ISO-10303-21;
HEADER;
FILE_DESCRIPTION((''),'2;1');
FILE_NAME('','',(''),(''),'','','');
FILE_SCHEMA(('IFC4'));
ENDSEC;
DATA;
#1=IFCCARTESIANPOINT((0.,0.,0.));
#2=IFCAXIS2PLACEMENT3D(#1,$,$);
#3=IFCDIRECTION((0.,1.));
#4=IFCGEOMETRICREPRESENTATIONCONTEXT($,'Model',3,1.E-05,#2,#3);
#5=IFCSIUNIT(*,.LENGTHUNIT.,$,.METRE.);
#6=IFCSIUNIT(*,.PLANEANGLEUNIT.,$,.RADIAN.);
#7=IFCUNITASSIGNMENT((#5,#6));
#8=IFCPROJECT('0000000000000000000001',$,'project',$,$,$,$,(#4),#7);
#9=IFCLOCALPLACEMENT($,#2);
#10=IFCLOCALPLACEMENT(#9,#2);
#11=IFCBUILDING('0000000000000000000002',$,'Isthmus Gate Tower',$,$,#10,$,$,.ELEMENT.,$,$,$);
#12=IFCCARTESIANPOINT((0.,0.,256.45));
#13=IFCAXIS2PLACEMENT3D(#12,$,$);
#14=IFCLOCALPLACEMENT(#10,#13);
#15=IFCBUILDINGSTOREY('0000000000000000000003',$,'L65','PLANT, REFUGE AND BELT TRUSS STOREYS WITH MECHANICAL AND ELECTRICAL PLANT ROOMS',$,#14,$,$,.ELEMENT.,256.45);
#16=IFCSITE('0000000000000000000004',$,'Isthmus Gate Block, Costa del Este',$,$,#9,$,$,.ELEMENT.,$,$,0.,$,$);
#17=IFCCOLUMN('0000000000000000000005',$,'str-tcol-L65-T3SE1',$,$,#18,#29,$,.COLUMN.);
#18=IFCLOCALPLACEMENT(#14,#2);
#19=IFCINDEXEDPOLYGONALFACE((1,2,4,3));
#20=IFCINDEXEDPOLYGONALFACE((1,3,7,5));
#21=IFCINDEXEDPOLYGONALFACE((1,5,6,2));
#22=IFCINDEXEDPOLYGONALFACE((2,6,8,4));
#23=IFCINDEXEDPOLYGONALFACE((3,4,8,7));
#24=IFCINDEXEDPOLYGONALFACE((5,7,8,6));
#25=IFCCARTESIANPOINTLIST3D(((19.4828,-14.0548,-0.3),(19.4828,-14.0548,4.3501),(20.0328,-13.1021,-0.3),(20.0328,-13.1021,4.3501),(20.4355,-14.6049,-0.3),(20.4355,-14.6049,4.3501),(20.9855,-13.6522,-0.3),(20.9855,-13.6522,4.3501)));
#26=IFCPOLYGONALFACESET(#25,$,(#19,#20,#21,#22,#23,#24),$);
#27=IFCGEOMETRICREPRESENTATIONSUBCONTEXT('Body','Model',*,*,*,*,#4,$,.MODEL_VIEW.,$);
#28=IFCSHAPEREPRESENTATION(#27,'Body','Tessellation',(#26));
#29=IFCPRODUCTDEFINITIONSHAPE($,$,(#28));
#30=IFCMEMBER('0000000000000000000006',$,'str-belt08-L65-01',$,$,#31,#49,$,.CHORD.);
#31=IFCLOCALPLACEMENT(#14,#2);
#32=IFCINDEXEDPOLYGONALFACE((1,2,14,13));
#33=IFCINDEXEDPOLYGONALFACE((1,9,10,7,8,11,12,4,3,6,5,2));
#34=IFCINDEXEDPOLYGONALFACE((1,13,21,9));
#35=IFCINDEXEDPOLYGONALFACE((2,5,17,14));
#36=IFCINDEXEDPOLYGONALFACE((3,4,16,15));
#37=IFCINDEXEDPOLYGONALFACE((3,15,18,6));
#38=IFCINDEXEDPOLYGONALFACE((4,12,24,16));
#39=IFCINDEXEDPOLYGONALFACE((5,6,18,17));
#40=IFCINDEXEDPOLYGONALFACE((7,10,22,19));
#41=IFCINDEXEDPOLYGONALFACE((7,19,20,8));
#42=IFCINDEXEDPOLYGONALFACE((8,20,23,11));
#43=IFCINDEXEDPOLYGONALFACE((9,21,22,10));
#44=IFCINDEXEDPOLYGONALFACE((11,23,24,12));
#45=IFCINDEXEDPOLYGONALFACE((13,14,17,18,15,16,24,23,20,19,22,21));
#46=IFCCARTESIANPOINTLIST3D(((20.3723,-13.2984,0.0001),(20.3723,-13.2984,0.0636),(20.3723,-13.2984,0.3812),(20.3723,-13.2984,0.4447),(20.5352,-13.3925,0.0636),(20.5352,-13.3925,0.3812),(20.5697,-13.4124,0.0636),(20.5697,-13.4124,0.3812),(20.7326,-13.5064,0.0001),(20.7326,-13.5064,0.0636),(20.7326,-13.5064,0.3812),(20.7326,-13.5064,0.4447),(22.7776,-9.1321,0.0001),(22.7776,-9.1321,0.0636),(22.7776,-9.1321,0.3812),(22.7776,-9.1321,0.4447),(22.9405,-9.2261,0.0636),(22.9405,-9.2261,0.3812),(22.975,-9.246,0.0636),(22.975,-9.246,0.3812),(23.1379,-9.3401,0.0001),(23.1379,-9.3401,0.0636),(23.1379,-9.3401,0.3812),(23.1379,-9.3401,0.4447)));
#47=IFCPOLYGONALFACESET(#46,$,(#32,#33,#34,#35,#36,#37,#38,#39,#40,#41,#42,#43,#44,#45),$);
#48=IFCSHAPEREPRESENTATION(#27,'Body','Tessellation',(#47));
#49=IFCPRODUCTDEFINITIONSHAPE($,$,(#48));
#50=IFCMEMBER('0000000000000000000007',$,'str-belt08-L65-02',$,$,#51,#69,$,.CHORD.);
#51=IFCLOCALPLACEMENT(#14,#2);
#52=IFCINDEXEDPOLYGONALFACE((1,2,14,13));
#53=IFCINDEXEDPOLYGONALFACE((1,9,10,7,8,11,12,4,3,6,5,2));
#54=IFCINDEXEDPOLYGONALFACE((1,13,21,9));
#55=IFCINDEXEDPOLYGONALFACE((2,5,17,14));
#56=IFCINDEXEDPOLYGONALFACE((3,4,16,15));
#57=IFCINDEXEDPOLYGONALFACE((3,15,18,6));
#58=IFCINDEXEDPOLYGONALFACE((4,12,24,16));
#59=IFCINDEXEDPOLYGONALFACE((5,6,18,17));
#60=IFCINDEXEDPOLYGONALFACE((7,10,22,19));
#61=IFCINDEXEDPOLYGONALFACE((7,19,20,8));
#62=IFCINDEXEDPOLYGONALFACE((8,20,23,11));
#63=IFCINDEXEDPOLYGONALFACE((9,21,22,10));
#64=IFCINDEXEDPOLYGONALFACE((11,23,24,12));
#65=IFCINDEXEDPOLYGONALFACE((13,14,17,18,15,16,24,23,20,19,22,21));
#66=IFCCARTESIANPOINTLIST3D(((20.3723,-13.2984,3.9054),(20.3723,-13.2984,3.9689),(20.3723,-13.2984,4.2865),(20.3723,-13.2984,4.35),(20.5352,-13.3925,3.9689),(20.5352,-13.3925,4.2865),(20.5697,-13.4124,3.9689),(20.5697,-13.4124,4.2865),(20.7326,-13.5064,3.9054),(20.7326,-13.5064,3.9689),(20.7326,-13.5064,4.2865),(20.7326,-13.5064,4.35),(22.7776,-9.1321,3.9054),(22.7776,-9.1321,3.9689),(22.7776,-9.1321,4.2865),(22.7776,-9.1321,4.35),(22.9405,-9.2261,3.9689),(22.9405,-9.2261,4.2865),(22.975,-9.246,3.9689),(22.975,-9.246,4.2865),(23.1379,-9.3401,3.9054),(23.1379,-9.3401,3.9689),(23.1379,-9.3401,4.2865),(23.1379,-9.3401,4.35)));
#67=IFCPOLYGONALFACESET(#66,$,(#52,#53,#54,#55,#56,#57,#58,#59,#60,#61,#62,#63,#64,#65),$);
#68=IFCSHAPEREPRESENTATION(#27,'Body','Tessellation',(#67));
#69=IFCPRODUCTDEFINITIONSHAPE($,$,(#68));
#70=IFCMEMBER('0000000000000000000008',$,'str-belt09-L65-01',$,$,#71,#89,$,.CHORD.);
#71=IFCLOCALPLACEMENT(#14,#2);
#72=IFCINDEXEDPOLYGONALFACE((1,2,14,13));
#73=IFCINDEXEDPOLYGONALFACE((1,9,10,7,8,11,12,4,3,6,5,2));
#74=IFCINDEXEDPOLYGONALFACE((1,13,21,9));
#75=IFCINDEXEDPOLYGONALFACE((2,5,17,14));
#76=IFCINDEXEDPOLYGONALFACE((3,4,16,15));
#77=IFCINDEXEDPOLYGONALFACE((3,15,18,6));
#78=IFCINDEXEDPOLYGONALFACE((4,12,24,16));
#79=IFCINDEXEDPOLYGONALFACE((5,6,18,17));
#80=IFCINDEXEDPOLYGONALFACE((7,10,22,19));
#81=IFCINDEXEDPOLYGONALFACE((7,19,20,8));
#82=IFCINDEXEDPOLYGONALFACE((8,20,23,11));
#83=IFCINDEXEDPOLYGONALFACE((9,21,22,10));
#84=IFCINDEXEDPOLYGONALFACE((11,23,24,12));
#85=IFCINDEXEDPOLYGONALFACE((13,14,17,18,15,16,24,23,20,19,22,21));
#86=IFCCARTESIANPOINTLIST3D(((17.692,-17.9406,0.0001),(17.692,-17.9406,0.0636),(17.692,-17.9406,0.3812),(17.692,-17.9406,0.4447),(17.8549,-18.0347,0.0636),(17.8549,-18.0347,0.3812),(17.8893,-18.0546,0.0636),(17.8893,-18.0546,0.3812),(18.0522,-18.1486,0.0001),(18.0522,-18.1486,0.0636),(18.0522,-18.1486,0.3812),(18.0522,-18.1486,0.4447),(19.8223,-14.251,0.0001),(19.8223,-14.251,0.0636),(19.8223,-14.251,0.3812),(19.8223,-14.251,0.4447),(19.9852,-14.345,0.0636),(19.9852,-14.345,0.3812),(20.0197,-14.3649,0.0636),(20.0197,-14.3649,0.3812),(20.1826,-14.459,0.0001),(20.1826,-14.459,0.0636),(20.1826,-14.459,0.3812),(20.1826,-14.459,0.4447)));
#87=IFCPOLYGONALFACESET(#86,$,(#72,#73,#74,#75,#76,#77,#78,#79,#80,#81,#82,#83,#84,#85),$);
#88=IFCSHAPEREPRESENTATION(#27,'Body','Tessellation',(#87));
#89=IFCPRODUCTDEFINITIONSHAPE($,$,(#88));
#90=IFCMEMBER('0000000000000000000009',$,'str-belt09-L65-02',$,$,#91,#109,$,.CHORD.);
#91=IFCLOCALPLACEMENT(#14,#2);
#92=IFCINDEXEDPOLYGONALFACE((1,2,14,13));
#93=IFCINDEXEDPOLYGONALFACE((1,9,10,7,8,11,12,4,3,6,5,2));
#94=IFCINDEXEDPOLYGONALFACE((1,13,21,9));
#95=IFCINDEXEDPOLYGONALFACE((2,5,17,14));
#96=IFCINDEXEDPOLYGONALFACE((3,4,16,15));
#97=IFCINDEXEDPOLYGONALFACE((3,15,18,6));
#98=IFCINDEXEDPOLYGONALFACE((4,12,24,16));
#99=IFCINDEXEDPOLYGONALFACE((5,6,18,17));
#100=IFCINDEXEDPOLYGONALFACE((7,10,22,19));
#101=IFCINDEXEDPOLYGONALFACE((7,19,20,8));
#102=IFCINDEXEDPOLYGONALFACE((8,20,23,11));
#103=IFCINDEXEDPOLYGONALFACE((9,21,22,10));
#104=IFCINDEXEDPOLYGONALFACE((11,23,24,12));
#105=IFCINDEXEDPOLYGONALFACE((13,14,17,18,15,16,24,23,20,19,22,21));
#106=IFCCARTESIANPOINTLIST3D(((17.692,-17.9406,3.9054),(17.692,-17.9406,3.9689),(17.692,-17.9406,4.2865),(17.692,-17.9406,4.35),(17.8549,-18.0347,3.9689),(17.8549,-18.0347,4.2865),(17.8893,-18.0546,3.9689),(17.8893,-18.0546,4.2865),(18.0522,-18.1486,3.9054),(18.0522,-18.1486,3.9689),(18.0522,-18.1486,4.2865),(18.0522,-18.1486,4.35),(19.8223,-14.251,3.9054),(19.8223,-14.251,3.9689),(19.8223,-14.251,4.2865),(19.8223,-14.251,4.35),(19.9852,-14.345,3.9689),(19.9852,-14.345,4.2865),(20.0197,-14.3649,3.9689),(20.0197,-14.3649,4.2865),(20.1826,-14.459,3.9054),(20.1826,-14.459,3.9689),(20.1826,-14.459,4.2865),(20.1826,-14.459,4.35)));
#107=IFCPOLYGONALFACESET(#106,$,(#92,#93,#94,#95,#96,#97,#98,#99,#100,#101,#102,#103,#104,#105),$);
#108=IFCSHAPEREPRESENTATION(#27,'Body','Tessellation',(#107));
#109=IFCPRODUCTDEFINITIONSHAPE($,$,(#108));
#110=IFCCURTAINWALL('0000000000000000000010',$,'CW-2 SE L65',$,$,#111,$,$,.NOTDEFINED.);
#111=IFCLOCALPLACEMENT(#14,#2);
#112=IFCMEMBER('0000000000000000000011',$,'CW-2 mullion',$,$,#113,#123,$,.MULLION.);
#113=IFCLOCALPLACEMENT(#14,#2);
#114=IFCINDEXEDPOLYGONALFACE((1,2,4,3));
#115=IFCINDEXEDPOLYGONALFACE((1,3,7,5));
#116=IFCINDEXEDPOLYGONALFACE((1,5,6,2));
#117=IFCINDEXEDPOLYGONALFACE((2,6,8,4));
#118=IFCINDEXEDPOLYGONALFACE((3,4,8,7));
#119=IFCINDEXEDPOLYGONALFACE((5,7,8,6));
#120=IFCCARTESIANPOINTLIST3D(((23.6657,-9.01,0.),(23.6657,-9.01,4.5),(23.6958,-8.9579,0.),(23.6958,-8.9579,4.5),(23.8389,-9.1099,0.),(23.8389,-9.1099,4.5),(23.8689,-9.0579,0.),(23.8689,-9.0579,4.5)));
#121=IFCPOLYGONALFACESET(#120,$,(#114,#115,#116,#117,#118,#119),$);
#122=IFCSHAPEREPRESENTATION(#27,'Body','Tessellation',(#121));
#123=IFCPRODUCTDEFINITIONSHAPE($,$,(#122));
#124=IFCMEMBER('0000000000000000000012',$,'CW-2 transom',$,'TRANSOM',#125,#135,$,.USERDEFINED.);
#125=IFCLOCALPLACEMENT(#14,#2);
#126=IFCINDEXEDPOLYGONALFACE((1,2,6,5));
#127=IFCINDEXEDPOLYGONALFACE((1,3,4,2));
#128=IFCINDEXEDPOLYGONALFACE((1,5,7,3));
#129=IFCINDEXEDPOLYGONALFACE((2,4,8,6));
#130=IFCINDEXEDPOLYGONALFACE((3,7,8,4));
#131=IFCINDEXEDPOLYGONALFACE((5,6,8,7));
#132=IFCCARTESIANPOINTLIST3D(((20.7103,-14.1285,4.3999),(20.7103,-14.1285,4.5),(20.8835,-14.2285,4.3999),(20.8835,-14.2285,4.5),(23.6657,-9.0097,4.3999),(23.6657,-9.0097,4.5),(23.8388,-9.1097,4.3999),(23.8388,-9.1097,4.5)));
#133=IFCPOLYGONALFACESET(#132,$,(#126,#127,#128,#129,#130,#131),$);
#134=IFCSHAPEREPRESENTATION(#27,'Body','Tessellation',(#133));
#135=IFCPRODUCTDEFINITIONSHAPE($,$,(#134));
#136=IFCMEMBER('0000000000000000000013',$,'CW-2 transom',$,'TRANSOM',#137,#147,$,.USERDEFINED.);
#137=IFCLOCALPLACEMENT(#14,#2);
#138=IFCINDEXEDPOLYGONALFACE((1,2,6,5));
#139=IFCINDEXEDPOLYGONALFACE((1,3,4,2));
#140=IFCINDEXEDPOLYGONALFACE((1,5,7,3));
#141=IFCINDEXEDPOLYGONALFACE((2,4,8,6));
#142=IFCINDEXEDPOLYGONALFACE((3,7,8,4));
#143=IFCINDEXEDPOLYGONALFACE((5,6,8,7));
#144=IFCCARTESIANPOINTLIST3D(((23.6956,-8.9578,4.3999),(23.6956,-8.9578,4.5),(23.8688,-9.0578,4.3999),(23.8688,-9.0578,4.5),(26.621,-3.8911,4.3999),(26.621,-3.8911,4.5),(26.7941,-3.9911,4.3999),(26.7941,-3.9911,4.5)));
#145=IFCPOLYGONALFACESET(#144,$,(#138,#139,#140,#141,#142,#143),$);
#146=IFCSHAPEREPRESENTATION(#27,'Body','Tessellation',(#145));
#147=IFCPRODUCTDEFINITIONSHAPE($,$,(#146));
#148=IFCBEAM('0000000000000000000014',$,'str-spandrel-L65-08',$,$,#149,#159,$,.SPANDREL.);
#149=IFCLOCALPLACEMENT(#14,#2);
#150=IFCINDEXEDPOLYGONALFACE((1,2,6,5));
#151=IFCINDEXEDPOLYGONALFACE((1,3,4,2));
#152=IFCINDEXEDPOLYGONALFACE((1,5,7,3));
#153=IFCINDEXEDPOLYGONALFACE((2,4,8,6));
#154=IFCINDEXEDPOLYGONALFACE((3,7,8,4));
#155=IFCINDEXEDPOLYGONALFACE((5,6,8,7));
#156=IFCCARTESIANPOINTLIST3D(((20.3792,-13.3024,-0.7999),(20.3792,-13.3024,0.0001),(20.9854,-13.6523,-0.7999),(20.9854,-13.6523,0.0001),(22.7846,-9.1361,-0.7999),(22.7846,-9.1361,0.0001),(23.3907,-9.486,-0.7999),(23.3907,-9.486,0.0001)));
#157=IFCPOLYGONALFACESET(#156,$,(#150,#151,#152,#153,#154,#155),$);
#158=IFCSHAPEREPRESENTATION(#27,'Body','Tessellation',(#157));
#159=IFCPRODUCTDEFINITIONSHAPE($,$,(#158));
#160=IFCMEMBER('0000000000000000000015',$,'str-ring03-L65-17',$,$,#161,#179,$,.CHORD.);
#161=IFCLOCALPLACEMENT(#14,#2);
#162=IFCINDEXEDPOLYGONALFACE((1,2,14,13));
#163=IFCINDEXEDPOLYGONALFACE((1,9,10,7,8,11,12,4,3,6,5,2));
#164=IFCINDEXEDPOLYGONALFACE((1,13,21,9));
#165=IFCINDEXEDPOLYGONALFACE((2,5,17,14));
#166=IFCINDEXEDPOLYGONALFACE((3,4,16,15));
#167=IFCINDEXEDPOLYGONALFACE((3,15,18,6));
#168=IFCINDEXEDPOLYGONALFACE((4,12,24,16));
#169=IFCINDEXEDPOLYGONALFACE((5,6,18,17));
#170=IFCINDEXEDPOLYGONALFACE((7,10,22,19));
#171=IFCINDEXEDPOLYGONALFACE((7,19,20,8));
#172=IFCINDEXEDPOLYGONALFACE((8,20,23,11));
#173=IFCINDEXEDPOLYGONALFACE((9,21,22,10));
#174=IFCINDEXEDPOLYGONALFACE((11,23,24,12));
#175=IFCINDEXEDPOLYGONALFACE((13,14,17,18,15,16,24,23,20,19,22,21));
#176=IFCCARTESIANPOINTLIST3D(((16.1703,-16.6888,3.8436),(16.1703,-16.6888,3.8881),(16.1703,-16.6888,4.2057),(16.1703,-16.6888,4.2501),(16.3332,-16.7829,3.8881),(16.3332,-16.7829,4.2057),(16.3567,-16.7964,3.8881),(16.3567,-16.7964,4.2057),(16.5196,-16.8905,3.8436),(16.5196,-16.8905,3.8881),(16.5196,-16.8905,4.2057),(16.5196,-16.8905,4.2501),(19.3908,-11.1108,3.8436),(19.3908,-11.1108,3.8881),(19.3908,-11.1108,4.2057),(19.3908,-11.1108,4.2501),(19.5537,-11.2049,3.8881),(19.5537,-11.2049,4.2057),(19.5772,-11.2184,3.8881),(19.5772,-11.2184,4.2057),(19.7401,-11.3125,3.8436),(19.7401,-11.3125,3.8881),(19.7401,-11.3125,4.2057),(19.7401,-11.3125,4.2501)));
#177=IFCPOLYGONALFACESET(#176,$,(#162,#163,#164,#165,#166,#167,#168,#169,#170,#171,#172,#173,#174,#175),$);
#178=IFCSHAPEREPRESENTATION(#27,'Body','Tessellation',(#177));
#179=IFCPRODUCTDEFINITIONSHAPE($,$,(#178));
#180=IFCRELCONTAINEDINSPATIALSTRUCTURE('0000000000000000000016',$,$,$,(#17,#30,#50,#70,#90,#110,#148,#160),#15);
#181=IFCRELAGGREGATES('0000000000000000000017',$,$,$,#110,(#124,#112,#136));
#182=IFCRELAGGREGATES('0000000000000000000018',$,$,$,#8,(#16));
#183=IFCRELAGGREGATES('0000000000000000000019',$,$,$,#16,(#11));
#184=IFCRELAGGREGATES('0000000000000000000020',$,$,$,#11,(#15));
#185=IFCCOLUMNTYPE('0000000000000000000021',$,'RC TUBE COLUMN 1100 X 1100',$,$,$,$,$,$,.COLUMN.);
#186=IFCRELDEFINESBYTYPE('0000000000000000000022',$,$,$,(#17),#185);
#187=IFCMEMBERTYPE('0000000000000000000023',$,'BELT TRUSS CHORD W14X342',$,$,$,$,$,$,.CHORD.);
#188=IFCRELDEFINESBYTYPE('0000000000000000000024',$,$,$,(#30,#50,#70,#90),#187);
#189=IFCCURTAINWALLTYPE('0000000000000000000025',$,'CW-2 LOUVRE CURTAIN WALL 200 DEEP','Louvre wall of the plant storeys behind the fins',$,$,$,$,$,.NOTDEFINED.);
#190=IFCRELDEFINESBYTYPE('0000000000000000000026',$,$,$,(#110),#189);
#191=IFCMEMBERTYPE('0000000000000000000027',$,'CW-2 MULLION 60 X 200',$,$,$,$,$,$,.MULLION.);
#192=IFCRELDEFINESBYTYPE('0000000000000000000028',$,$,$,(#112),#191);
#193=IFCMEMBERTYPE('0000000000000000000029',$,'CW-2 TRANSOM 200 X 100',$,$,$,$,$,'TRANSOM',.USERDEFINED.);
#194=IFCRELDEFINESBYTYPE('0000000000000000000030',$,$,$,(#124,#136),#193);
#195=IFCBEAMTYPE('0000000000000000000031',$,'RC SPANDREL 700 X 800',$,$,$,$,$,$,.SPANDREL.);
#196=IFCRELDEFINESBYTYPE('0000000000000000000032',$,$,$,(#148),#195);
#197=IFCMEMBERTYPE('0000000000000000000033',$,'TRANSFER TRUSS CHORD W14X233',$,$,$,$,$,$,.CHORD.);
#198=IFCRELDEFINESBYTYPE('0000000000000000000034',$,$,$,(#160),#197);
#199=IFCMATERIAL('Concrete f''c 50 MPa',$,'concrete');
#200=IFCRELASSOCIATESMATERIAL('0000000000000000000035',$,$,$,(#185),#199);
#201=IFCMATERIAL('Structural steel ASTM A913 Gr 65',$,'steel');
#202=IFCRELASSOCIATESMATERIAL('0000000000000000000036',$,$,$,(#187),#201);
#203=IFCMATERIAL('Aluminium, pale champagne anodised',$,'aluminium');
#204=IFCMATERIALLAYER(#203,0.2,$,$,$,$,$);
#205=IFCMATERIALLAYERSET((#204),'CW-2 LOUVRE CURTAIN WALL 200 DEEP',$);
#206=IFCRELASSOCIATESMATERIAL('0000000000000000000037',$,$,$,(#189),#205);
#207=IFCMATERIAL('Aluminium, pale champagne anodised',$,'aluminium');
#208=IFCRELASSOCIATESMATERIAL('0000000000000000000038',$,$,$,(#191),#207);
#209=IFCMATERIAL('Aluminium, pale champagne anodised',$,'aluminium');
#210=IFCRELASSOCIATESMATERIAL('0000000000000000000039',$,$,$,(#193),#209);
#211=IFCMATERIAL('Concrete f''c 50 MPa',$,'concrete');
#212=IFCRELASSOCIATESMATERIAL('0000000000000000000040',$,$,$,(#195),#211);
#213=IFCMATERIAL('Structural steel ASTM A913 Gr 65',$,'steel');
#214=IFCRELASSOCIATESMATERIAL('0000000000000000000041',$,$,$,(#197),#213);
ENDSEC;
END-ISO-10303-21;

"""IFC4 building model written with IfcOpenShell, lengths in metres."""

from ifc_helpers import new_model, si_unit, direction, frame, origin, origin_2d, place, context, subcontext, project, spatial, rectangle, i_section, extrude, material, layer, layer_set, material_profile, profile_set, type_object, element, aggregate, save


model = new_model("IFC4")

# Units and contexts
model_context = context("Model", 3, precision=1e-05, world=origin(), true_north=direction((0.0, 1.0)))
body_context = subcontext(model_context, "Body", "Model", "MODEL_VIEW")
ifc_project = project(units=[si_unit("LENGTHUNIT", "METRE"), si_unit("PLANEANGLEUNIT", "RADIAN")], contexts=[model_context])

# Site, building, storey
site_placement = place(None, origin())
site = spatial("IfcSite", under=ifc_project, at=site_placement, Name="Isthmus Gate Block, Costa del Este", CompositionType="ELEMENT", RefElevation=0.0)
building_placement = place(site_placement, origin())
building = spatial("IfcBuilding", under=site, at=building_placement, Name="Isthmus Gate Tower", CompositionType="ELEMENT")
storey_placement = place(building_placement, frame((0.0, 0.0, 256.45)))
storey = spatial("IfcBuildingStorey", under=building, at=storey_placement, Name="L65", Description="PLANT, REFUGE AND BELT TRUSS STOREYS WITH MECHANICAL AND ELECTRICAL PLANT ROOMS", CompositionType="ELEMENT", Elevation=256.45)

# Column
ifc_material_1 = material(Name="Concrete f'c 50 MPa", Category="concrete")
ifc_material_profile_1 = material_profile(ifc_material_1, rectangle(XDim=1.1001, YDim=1.1001, at=origin_2d()), Name="RC 1100X1100")
ifc_profile_set_1 = profile_set([ifc_material_profile_1], Name="Concrete f'c 50 MPa")
column_type = type_object("IfcColumnType", Name="RC TUBE COLUMN 1100 X 1100", PredefinedType="COLUMN", material=ifc_profile_set_1)
column_placement = place(storey_placement, frame((20.2341, -13.8535, -0.3), z_axis=(0.0, 0.0, 1.0), x_axis=(0.5, 0.866025, 0.0)))
element("IfcColumn", 1, at=column_placement, inside=storey, type_object=column_type, Name="str-tcol-L65-T3SE1", PredefinedType="COLUMN", context=body_context, shape_type="SweptSolid", body=[
    extrude(rectangle(XDim=1.1001, YDim=1.1001, at=origin_2d()), origin(), (0.0, 0.0, 1.0), 4.6501),
])

# Members
ifc_material_2 = material(Name="Structural steel ASTM A913 Gr 65", Category="steel")
ifc_material_profile_2 = material_profile(ifc_material_2, i_section(OverallWidth=0.416, OverallDepth=0.4446, WebThickness=0.0398, FlangeThickness=0.0635, at=origin_2d()), Name="W14X342")
ifc_profile_set_2 = profile_set([ifc_material_profile_2], Name="Structural steel ASTM A913 Gr 65")
member_type_1 = type_object("IfcMemberType", Name="BELT TRUSS CHORD W14X342", PredefinedType="CHORD", material=ifc_profile_set_2)
for number, where, z_axis, x_axis, name in (
    (2, (22.9578, -9.2361, 0.2224), (-0.499982, -0.866036, 0.0), (0.866036, -0.499982, 0.0), "str-belt08-L65-01"),
    (3, (22.9578, -9.2361, 4.1277), (-0.499982, -0.866036, 0.0), (0.866036, -0.499982, 0.0), "str-belt08-L65-02"),
):
    element("IfcMember", number, at=place(storey_placement, frame(where, z_axis=z_axis, x_axis=x_axis)), inside=storey, type_object=member_type_1, Name=name, PredefinedType="CHORD", context=body_context, shape_type="SweptSolid", body=[
        extrude(i_section(OverallWidth=0.416, OverallDepth=0.4446, WebThickness=0.0398, FlangeThickness=0.0635, at=origin_2d()), origin(), (0.0, 0.0, 1.0), 4.8108),
    ])
for number, where, z_axis, x_axis, name in (
    (4, (20.0024, -14.355, 0.2224), (-0.500022, -0.866013, 0.0), (0.866013, -0.500022, 0.0), "str-belt09-L65-01"),
    (5, (20.0024, -14.355, 4.1277), (-0.500022, -0.866013, 0.0), (0.866013, -0.500022, 0.0), "str-belt09-L65-02"),
):
    element("IfcMember", number, at=place(storey_placement, frame(where, z_axis=z_axis, x_axis=x_axis)), inside=storey, type_object=member_type_1, Name=name, PredefinedType="CHORD", context=body_context, shape_type="SweptSolid", body=[
        extrude(i_section(OverallWidth=0.416, OverallDepth=0.4446, WebThickness=0.0398, FlangeThickness=0.0635, at=origin_2d()), origin(), (0.0, 0.0, 1.0), 4.2605),
    ])

# Curtain wall, members
ifc_material_3 = material(Name="Aluminium, pale champagne anodised", Category="aluminium")
ifc_layer_1 = layer(ifc_material_3, 0.2)
ifc_layer_set_1 = layer_set([ifc_layer_1], Name="CW-2 LOUVRE CURTAIN WALL 200 DEEP")
curtain_wall_type = type_object("IfcCurtainWallType", Name="CW-2 LOUVRE CURTAIN WALL 200 DEEP", Description="Louvre wall of the plant storeys behind the fins", PredefinedType="NOTDEFINED", material=ifc_layer_set_1)
curtain_wall_placement = place(storey_placement, origin())
curtain_wall = element("IfcCurtainWall", 6, at=curtain_wall_placement, inside=storey, type_object=curtain_wall_type, Name="CW-2 SE L65", PredefinedType="NOTDEFINED")
ifc_material_4 = material(Name="Aluminium, pale champagne anodised", Category="aluminium")
ifc_material_profile_3 = material_profile(ifc_material_4, rectangle(XDim=0.0601, YDim=0.2, at=origin_2d()), Name="60x200")
ifc_profile_set_3 = profile_set([ifc_material_profile_3], Name="Aluminium, pale champagne anodised")
member_type_2 = type_object("IfcMemberType", Name="CW-2 MULLION 60 X 200", PredefinedType="MULLION", material=ifc_profile_set_3)
member_1_placement = place(storey_placement, frame((23.7673, -9.0339, 0.0), z_axis=(0.0, 0.0, 1.0), x_axis=(0.5, 0.866025, 0.0)))
member_1 = element("IfcMember", 7, at=member_1_placement, type_object=member_type_2, Name="CW-2 mullion", PredefinedType="MULLION", context=body_context, shape_type="SweptSolid", body=[
    extrude(rectangle(XDim=0.0601, YDim=0.2, at=origin_2d()), origin(), (0.0, 0.0, 1.0), 4.5),
])
ifc_material_5 = material(Name="Aluminium, pale champagne anodised", Category="aluminium")
ifc_material_profile_4 = material_profile(ifc_material_5, rectangle(XDim=0.2, YDim=0.1001, at=origin_2d()), Name="200x100")
ifc_profile_set_4 = profile_set([ifc_material_profile_4], Name="Aluminium, pale champagne anodised")
member_type_3 = type_object("IfcMemberType", Name="CW-2 TRANSOM 200 X 100", ElementType="TRANSOM", PredefinedType="USERDEFINED", material=ifc_profile_set_4)
member_2_placement = place(storey_placement, frame((20.7969, -14.1785, 4.45), z_axis=(0.500008, 0.86602, 0.0), x_axis=(-0.86602, 0.500008, 0.0)))
member_2 = element("IfcMember", 8, at=member_2_placement, type_object=member_type_3, Name="CW-2 transom", ObjectType="TRANSOM", PredefinedType="USERDEFINED", context=body_context, shape_type="SweptSolid", body=[
    extrude(rectangle(XDim=0.2, YDim=0.1001, at=origin_2d()), origin(), (0.0, 0.0, 1.0), 5.9106),
])
member_3_placement = place(storey_placement, frame((23.7822, -9.0078, 4.45), z_axis=(0.500008, 0.866021, 0.0), x_axis=(-0.866021, 0.500008, 0.0)))
member_3 = element("IfcMember", 9, at=member_3_placement, type_object=member_type_3, Name="CW-2 transom", ObjectType="TRANSOM", PredefinedType="USERDEFINED", context=body_context, shape_type="SweptSolid", body=[
    extrude(rectangle(XDim=0.2, YDim=0.1001, at=origin_2d()), origin(), (0.0, 0.0, 1.0), 5.8506),
])

# Beam
ifc_material_6 = material(Name="Concrete f'c 50 MPa", Category="concrete")
ifc_material_profile_5 = material_profile(ifc_material_6, rectangle(XDim=0.7, YDim=0.8, at=origin_2d()), Name="RC 700X800")
ifc_profile_set_5 = profile_set([ifc_material_profile_5], Name="Concrete f'c 50 MPa")
beam_type = type_object("IfcBeamType", Name="RC SPANDREL 700 X 800", PredefinedType="SPANDREL", material=ifc_profile_set_5)
beam_placement = place(storey_placement, frame((23.0876, -9.311, -0.3999), z_axis=(-0.499982, -0.866036, 0.0), x_axis=(0.866036, -0.499982, 0.0)))
element("IfcBeam", 10, at=beam_placement, inside=storey, type_object=beam_type, Name="str-spandrel-L65-08", PredefinedType="SPANDREL", context=body_context, shape_type="SweptSolid", body=[
    extrude(rectangle(XDim=0.7, YDim=0.8, at=origin_2d()), origin(), (0.0, 0.0, 1.0), 4.8108),
])

# Member
ifc_material_7 = material(Name="Structural steel ASTM A913 Gr 65", Category="steel")
ifc_material_profile_6 = material_profile(ifc_material_7, i_section(OverallWidth=0.4033, OverallDepth=0.4065, WebThickness=0.0271, FlangeThickness=0.0444, at=origin_2d()), Name="W14X233")
ifc_profile_set_6 = profile_set([ifc_material_profile_6], Name="Structural steel ASTM A913 Gr 65")
member_type_4 = type_object("IfcMemberType", Name="TRANSFER TRUSS CHORD W14X233", PredefinedType="CHORD", material=ifc_profile_set_6)
member_4_placement = place(storey_placement, frame((19.5654, -11.2117, 4.0469), z_axis=(-0.500008, -0.866021, 0.0), x_axis=(0.866021, -0.500008, 0.0)))
element("IfcMember", 11, at=member_4_placement, inside=storey, type_object=member_type_4, Name="str-ring03-L65-17", PredefinedType="CHORD", context=body_context, shape_type="SweptSolid", body=[
    extrude(i_section(OverallWidth=0.4033, OverallDepth=0.4065, WebThickness=0.0271, FlangeThickness=0.0444, at=origin_2d()), origin(), (0.0, 0.0, 1.0), 6.4409),
])

aggregate(curtain_wall, [member_2, member_1, member_3])

save(model, "model.ifc")
